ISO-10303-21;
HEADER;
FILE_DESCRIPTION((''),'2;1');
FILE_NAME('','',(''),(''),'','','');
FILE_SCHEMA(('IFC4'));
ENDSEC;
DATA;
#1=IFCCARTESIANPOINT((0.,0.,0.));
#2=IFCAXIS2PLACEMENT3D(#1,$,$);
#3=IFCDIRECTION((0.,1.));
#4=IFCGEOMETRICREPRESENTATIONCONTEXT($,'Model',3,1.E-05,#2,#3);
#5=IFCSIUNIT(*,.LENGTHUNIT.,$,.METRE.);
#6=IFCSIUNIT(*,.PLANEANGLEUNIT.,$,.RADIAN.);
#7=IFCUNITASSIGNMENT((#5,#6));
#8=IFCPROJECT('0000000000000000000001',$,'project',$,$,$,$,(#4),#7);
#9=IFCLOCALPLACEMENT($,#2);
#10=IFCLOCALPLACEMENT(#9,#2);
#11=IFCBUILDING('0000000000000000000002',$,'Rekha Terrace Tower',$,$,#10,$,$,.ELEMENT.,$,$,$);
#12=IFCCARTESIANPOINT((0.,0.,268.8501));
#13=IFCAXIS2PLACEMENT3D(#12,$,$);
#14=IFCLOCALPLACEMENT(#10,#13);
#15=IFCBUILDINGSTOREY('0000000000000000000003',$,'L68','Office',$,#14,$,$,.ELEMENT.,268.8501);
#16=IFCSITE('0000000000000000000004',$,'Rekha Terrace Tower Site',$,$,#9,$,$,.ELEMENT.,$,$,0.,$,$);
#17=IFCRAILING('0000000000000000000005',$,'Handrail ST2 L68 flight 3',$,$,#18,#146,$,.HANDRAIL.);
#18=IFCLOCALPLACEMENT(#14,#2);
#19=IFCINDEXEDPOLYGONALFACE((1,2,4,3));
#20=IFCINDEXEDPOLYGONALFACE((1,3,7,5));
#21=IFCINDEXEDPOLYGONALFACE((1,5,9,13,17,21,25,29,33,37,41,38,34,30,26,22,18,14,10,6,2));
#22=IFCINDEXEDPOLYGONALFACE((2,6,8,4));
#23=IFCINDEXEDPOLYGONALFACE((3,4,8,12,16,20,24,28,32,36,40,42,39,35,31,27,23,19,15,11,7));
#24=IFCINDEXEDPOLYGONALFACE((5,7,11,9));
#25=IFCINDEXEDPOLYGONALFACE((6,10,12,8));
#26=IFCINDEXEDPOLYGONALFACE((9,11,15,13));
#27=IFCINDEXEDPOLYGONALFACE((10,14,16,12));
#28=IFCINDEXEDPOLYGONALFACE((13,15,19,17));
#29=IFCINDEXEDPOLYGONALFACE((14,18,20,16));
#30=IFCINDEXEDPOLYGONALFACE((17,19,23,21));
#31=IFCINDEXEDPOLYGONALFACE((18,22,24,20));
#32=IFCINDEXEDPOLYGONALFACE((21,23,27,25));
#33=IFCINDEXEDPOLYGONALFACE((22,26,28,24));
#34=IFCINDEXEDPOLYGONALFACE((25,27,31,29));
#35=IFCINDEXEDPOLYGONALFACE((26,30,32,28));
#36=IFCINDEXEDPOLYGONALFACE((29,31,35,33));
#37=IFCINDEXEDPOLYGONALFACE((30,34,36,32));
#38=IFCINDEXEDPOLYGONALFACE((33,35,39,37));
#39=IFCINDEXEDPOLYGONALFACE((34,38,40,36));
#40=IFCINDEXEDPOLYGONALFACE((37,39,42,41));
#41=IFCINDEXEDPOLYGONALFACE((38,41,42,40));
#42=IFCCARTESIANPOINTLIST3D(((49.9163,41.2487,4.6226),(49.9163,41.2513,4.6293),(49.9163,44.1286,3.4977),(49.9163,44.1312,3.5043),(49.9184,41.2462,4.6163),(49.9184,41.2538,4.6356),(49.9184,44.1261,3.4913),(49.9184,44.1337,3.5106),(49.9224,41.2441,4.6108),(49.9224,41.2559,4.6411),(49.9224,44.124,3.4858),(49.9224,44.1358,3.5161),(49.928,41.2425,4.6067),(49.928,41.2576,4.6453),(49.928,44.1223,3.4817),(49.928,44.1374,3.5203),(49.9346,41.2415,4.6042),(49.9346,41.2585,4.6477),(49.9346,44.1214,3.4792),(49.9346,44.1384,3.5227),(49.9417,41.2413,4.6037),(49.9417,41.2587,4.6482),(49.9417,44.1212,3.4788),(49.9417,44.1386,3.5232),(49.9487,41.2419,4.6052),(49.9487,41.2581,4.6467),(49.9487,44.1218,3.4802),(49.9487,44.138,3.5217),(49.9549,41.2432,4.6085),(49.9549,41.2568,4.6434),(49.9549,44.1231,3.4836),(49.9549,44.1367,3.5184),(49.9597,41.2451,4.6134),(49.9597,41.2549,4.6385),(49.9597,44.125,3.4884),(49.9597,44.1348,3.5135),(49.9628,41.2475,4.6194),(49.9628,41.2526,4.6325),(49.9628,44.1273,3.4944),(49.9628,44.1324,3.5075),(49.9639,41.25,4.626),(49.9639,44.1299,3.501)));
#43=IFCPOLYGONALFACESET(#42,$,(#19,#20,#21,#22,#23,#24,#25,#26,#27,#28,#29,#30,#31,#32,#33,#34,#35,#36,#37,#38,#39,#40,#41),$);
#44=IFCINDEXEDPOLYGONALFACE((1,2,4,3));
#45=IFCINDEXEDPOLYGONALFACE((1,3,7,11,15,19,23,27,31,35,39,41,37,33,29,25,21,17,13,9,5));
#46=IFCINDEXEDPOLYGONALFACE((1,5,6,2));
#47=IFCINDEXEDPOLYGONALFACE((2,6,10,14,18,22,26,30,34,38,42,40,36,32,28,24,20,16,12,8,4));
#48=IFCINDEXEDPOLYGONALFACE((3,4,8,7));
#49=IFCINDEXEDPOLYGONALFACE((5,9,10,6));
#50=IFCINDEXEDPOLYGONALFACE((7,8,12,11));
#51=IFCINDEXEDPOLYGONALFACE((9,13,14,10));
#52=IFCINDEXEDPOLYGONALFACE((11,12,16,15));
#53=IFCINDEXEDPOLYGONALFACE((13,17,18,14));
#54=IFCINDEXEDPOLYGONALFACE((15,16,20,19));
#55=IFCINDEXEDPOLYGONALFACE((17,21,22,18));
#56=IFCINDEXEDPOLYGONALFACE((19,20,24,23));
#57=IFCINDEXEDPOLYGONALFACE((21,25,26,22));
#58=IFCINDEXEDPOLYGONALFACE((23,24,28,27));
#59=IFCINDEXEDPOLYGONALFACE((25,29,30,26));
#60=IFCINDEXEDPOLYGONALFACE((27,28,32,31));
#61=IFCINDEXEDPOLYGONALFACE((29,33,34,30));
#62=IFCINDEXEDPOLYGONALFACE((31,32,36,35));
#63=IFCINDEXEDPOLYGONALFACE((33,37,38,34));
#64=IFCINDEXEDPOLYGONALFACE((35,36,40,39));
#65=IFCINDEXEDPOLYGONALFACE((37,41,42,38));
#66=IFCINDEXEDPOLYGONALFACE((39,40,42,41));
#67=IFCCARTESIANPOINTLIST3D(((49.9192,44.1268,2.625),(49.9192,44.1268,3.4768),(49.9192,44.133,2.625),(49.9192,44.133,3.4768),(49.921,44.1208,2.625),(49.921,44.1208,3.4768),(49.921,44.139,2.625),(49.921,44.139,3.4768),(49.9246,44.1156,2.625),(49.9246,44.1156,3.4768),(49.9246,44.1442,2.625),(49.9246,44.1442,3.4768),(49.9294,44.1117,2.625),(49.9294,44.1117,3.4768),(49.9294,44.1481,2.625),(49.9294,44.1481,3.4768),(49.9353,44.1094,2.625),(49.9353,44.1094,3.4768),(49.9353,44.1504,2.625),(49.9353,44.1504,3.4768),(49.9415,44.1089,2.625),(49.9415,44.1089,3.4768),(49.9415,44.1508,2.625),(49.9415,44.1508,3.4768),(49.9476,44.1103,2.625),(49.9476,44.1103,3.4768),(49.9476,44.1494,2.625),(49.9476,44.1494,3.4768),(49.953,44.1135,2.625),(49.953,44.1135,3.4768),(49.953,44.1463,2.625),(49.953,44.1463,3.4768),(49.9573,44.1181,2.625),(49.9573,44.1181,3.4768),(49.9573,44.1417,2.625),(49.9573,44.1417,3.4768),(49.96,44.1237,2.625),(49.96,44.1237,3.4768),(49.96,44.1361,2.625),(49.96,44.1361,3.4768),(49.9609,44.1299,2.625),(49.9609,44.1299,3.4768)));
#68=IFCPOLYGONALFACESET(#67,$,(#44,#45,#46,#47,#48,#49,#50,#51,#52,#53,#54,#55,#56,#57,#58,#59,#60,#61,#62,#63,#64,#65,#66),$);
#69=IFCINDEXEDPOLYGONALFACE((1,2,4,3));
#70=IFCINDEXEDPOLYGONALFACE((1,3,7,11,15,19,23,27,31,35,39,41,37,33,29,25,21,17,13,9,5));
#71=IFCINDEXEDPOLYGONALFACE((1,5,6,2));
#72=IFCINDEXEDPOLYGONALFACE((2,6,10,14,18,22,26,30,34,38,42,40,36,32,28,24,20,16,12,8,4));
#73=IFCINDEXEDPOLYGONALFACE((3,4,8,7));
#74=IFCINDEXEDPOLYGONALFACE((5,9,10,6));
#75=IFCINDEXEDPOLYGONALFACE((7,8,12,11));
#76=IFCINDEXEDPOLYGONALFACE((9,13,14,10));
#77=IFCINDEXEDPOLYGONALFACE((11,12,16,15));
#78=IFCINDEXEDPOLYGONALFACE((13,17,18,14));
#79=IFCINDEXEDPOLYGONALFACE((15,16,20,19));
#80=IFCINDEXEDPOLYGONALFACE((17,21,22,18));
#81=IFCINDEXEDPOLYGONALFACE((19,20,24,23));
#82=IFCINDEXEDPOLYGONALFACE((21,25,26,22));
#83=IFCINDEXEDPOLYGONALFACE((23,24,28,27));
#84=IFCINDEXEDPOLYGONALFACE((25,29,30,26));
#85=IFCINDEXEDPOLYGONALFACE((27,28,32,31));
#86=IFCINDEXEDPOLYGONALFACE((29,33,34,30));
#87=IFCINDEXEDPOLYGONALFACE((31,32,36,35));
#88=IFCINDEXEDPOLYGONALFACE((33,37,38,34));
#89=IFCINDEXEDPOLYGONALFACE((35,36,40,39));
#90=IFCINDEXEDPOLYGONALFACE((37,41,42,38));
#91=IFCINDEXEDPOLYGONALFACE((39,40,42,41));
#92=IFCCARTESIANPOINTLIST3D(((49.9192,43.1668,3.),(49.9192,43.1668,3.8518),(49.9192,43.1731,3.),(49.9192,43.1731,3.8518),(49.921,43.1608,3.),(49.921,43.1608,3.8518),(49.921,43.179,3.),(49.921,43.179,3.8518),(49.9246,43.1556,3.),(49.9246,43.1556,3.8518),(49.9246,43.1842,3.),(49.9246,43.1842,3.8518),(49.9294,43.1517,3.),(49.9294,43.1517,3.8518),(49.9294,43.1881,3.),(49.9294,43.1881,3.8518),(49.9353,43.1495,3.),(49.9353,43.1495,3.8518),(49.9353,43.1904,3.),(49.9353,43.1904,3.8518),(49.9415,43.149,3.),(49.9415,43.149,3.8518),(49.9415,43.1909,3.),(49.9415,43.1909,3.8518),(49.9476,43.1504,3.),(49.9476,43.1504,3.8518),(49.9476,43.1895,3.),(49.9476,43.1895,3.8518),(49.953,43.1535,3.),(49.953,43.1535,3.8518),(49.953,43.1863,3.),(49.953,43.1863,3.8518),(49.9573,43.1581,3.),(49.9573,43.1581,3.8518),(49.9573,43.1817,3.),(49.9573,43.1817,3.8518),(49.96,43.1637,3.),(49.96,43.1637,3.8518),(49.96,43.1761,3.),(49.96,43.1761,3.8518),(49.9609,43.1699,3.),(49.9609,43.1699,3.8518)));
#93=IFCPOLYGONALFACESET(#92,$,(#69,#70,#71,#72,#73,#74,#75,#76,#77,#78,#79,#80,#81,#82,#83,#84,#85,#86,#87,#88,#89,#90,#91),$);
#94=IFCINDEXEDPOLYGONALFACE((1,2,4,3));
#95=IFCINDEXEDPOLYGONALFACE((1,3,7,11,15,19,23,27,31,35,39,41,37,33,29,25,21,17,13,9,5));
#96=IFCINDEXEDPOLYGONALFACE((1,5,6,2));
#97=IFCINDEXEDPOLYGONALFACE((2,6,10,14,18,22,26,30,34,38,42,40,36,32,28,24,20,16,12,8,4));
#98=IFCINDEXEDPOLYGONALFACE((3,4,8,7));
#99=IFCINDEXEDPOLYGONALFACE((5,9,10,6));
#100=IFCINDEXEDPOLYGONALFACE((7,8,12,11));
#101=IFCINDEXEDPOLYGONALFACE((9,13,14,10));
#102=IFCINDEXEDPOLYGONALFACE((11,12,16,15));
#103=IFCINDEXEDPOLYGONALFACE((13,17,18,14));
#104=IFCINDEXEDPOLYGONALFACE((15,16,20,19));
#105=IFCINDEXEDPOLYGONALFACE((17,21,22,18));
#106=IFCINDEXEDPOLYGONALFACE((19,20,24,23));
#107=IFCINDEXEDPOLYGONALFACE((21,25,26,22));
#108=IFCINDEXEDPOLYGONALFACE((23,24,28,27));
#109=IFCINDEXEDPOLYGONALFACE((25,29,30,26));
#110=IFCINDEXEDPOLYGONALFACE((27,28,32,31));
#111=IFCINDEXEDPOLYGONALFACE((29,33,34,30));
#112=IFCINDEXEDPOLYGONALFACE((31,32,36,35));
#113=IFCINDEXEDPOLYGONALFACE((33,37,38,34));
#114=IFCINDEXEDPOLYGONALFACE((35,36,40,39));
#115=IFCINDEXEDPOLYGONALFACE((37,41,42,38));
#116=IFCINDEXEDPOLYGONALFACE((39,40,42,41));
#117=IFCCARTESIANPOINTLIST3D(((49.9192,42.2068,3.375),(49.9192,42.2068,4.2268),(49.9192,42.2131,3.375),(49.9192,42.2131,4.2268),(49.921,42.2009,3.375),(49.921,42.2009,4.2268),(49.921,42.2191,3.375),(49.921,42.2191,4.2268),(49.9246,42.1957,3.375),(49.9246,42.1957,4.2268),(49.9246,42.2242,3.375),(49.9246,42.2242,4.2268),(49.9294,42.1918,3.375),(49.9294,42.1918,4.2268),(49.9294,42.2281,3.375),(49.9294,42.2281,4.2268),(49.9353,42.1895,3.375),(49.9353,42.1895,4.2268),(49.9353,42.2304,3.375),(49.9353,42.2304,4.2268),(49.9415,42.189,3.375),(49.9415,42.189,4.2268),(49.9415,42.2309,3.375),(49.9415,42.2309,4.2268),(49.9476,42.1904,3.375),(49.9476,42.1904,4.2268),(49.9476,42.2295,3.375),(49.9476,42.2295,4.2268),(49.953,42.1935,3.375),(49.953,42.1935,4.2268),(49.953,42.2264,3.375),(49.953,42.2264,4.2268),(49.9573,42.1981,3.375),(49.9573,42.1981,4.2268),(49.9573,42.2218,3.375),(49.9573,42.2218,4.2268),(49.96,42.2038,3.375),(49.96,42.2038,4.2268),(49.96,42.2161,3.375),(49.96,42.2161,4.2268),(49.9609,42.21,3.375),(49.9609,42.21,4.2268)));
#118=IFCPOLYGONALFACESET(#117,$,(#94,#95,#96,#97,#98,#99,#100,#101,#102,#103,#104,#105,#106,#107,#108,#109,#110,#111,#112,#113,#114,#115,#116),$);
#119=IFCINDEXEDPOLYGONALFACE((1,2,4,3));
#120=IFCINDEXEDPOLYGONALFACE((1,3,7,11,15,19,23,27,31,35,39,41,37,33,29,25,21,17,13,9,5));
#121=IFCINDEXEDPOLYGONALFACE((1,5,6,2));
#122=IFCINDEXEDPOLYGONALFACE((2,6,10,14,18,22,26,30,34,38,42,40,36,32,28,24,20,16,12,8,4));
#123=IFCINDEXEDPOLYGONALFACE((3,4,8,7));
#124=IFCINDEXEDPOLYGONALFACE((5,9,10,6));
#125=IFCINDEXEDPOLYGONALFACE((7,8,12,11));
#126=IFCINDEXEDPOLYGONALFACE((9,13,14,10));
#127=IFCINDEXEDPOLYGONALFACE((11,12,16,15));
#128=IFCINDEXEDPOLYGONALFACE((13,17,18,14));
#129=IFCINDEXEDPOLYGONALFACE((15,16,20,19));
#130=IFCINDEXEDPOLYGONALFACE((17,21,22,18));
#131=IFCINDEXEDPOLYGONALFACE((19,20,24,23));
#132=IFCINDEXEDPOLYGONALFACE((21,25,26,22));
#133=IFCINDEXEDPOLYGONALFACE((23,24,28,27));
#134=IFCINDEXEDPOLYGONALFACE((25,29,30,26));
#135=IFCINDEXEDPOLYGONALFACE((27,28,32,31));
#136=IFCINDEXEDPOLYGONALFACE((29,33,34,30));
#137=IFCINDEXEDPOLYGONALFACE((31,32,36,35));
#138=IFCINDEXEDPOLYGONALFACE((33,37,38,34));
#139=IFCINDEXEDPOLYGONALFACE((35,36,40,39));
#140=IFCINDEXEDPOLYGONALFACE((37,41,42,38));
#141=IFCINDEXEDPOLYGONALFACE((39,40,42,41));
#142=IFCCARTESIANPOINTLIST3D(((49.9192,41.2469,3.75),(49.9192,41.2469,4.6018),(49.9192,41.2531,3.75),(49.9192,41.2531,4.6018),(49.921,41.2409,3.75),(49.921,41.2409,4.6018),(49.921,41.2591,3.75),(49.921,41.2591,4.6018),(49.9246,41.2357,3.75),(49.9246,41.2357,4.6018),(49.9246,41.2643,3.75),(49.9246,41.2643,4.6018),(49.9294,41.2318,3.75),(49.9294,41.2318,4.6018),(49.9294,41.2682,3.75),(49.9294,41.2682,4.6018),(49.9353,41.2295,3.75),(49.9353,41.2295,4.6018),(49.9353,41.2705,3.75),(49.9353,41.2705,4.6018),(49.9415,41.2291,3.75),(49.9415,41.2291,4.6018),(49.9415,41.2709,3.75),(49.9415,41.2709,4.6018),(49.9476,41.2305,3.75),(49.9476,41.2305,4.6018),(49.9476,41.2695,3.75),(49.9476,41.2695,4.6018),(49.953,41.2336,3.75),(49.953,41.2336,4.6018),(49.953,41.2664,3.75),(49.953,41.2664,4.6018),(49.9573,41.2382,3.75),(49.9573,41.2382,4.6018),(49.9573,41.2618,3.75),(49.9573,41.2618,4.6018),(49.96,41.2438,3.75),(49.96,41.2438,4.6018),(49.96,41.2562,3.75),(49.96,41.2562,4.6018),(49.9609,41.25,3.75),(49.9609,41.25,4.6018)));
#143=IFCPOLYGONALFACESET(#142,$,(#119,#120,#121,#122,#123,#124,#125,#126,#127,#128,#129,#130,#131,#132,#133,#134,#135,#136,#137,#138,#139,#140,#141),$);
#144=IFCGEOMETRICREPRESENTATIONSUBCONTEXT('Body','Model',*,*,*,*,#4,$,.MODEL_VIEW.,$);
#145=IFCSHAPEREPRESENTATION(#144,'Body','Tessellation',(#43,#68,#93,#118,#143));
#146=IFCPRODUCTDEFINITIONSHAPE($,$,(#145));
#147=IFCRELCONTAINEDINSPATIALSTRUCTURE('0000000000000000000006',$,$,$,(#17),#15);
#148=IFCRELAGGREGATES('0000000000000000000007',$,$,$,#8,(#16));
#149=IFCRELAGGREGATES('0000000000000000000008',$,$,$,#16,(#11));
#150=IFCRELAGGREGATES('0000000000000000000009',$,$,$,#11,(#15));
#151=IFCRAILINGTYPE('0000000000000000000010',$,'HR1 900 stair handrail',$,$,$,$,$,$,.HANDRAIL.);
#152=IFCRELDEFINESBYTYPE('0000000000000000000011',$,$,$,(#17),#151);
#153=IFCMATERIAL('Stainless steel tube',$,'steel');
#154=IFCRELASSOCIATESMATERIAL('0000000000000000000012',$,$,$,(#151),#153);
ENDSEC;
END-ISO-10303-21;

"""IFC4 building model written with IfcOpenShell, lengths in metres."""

from ifc_helpers import new_model, si_unit, direction, frame, origin, origin_2d, place, context, subcontext, project, spatial, circle, extrude, material, type_object, element, save


model = new_model("IFC4")

# Units and contexts
model_context = context("Model", 3, precision=1e-05, world=origin(), true_north=direction((0.0, 1.0)))
body_context = subcontext(model_context, "Body", "Model", "MODEL_VIEW")
ifc_project = project(units=[si_unit("LENGTHUNIT", "METRE"), si_unit("PLANEANGLEUNIT", "RADIAN")], contexts=[model_context])

# Site, building, storey
site_placement = place(None, origin())
site = spatial("IfcSite", under=ifc_project, at=site_placement, Name="Rekha Terrace Tower Site", CompositionType="ELEMENT", RefElevation=0.0)
building_placement = place(site_placement, origin())
building = spatial("IfcBuilding", under=site, at=building_placement, Name="Rekha Terrace Tower", CompositionType="ELEMENT")
storey_placement = place(building_placement, frame((0.0, 0.0, 268.8501)))
storey = spatial("IfcBuildingStorey", under=building, at=storey_placement, Name="L68", Description="Office", CompositionType="ELEMENT", Elevation=268.8501)

# Railing
ifc_material_1 = material(Name="Stainless steel tube", Category="steel")
railing_type_1 = type_object("IfcRailingType", Name="HR1 900 stair handrail", PredefinedType="HANDRAIL", material=ifc_material_1)
railing_1_placement = place(storey_placement, frame((49.9399, 44.1299, 2.625)))
element("IfcRailing", 1, at=railing_1_placement, inside=storey, type_object=railing_type_1, Name="Handrail ST2 L68 flight 3", PredefinedType="HANDRAIL", context=body_context, shape_type="SweptSolid", body=[
    extrude(circle(Radius=0.0239, at=origin_2d()), frame((0.0, 0.0, 0.876), z_axis=(0.0, -0.931452, 0.363863), x_axis=(1.0, 0.0, 0.0)), (0.0, 0.0, 1.0), 3.0918),
    extrude(circle(Radius=0.021, at=origin_2d()), origin(), (0.0, 0.0, 1.0), 0.8518),
    extrude(circle(Radius=0.021, at=origin_2d()), frame((0.0, -0.96, 0.375)), (0.0, 0.0, 1.0), 0.8518),
    extrude(circle(Radius=0.021, at=origin_2d()), frame((0.0, -1.9199, 0.75)), (0.0, 0.0, 1.0), 0.8518),
    extrude(circle(Radius=0.021, at=origin_2d()), frame((0.0, -2.8799, 1.125)), (0.0, 0.0, 1.0), 0.8518),
])

save(model, "model.ifc")
